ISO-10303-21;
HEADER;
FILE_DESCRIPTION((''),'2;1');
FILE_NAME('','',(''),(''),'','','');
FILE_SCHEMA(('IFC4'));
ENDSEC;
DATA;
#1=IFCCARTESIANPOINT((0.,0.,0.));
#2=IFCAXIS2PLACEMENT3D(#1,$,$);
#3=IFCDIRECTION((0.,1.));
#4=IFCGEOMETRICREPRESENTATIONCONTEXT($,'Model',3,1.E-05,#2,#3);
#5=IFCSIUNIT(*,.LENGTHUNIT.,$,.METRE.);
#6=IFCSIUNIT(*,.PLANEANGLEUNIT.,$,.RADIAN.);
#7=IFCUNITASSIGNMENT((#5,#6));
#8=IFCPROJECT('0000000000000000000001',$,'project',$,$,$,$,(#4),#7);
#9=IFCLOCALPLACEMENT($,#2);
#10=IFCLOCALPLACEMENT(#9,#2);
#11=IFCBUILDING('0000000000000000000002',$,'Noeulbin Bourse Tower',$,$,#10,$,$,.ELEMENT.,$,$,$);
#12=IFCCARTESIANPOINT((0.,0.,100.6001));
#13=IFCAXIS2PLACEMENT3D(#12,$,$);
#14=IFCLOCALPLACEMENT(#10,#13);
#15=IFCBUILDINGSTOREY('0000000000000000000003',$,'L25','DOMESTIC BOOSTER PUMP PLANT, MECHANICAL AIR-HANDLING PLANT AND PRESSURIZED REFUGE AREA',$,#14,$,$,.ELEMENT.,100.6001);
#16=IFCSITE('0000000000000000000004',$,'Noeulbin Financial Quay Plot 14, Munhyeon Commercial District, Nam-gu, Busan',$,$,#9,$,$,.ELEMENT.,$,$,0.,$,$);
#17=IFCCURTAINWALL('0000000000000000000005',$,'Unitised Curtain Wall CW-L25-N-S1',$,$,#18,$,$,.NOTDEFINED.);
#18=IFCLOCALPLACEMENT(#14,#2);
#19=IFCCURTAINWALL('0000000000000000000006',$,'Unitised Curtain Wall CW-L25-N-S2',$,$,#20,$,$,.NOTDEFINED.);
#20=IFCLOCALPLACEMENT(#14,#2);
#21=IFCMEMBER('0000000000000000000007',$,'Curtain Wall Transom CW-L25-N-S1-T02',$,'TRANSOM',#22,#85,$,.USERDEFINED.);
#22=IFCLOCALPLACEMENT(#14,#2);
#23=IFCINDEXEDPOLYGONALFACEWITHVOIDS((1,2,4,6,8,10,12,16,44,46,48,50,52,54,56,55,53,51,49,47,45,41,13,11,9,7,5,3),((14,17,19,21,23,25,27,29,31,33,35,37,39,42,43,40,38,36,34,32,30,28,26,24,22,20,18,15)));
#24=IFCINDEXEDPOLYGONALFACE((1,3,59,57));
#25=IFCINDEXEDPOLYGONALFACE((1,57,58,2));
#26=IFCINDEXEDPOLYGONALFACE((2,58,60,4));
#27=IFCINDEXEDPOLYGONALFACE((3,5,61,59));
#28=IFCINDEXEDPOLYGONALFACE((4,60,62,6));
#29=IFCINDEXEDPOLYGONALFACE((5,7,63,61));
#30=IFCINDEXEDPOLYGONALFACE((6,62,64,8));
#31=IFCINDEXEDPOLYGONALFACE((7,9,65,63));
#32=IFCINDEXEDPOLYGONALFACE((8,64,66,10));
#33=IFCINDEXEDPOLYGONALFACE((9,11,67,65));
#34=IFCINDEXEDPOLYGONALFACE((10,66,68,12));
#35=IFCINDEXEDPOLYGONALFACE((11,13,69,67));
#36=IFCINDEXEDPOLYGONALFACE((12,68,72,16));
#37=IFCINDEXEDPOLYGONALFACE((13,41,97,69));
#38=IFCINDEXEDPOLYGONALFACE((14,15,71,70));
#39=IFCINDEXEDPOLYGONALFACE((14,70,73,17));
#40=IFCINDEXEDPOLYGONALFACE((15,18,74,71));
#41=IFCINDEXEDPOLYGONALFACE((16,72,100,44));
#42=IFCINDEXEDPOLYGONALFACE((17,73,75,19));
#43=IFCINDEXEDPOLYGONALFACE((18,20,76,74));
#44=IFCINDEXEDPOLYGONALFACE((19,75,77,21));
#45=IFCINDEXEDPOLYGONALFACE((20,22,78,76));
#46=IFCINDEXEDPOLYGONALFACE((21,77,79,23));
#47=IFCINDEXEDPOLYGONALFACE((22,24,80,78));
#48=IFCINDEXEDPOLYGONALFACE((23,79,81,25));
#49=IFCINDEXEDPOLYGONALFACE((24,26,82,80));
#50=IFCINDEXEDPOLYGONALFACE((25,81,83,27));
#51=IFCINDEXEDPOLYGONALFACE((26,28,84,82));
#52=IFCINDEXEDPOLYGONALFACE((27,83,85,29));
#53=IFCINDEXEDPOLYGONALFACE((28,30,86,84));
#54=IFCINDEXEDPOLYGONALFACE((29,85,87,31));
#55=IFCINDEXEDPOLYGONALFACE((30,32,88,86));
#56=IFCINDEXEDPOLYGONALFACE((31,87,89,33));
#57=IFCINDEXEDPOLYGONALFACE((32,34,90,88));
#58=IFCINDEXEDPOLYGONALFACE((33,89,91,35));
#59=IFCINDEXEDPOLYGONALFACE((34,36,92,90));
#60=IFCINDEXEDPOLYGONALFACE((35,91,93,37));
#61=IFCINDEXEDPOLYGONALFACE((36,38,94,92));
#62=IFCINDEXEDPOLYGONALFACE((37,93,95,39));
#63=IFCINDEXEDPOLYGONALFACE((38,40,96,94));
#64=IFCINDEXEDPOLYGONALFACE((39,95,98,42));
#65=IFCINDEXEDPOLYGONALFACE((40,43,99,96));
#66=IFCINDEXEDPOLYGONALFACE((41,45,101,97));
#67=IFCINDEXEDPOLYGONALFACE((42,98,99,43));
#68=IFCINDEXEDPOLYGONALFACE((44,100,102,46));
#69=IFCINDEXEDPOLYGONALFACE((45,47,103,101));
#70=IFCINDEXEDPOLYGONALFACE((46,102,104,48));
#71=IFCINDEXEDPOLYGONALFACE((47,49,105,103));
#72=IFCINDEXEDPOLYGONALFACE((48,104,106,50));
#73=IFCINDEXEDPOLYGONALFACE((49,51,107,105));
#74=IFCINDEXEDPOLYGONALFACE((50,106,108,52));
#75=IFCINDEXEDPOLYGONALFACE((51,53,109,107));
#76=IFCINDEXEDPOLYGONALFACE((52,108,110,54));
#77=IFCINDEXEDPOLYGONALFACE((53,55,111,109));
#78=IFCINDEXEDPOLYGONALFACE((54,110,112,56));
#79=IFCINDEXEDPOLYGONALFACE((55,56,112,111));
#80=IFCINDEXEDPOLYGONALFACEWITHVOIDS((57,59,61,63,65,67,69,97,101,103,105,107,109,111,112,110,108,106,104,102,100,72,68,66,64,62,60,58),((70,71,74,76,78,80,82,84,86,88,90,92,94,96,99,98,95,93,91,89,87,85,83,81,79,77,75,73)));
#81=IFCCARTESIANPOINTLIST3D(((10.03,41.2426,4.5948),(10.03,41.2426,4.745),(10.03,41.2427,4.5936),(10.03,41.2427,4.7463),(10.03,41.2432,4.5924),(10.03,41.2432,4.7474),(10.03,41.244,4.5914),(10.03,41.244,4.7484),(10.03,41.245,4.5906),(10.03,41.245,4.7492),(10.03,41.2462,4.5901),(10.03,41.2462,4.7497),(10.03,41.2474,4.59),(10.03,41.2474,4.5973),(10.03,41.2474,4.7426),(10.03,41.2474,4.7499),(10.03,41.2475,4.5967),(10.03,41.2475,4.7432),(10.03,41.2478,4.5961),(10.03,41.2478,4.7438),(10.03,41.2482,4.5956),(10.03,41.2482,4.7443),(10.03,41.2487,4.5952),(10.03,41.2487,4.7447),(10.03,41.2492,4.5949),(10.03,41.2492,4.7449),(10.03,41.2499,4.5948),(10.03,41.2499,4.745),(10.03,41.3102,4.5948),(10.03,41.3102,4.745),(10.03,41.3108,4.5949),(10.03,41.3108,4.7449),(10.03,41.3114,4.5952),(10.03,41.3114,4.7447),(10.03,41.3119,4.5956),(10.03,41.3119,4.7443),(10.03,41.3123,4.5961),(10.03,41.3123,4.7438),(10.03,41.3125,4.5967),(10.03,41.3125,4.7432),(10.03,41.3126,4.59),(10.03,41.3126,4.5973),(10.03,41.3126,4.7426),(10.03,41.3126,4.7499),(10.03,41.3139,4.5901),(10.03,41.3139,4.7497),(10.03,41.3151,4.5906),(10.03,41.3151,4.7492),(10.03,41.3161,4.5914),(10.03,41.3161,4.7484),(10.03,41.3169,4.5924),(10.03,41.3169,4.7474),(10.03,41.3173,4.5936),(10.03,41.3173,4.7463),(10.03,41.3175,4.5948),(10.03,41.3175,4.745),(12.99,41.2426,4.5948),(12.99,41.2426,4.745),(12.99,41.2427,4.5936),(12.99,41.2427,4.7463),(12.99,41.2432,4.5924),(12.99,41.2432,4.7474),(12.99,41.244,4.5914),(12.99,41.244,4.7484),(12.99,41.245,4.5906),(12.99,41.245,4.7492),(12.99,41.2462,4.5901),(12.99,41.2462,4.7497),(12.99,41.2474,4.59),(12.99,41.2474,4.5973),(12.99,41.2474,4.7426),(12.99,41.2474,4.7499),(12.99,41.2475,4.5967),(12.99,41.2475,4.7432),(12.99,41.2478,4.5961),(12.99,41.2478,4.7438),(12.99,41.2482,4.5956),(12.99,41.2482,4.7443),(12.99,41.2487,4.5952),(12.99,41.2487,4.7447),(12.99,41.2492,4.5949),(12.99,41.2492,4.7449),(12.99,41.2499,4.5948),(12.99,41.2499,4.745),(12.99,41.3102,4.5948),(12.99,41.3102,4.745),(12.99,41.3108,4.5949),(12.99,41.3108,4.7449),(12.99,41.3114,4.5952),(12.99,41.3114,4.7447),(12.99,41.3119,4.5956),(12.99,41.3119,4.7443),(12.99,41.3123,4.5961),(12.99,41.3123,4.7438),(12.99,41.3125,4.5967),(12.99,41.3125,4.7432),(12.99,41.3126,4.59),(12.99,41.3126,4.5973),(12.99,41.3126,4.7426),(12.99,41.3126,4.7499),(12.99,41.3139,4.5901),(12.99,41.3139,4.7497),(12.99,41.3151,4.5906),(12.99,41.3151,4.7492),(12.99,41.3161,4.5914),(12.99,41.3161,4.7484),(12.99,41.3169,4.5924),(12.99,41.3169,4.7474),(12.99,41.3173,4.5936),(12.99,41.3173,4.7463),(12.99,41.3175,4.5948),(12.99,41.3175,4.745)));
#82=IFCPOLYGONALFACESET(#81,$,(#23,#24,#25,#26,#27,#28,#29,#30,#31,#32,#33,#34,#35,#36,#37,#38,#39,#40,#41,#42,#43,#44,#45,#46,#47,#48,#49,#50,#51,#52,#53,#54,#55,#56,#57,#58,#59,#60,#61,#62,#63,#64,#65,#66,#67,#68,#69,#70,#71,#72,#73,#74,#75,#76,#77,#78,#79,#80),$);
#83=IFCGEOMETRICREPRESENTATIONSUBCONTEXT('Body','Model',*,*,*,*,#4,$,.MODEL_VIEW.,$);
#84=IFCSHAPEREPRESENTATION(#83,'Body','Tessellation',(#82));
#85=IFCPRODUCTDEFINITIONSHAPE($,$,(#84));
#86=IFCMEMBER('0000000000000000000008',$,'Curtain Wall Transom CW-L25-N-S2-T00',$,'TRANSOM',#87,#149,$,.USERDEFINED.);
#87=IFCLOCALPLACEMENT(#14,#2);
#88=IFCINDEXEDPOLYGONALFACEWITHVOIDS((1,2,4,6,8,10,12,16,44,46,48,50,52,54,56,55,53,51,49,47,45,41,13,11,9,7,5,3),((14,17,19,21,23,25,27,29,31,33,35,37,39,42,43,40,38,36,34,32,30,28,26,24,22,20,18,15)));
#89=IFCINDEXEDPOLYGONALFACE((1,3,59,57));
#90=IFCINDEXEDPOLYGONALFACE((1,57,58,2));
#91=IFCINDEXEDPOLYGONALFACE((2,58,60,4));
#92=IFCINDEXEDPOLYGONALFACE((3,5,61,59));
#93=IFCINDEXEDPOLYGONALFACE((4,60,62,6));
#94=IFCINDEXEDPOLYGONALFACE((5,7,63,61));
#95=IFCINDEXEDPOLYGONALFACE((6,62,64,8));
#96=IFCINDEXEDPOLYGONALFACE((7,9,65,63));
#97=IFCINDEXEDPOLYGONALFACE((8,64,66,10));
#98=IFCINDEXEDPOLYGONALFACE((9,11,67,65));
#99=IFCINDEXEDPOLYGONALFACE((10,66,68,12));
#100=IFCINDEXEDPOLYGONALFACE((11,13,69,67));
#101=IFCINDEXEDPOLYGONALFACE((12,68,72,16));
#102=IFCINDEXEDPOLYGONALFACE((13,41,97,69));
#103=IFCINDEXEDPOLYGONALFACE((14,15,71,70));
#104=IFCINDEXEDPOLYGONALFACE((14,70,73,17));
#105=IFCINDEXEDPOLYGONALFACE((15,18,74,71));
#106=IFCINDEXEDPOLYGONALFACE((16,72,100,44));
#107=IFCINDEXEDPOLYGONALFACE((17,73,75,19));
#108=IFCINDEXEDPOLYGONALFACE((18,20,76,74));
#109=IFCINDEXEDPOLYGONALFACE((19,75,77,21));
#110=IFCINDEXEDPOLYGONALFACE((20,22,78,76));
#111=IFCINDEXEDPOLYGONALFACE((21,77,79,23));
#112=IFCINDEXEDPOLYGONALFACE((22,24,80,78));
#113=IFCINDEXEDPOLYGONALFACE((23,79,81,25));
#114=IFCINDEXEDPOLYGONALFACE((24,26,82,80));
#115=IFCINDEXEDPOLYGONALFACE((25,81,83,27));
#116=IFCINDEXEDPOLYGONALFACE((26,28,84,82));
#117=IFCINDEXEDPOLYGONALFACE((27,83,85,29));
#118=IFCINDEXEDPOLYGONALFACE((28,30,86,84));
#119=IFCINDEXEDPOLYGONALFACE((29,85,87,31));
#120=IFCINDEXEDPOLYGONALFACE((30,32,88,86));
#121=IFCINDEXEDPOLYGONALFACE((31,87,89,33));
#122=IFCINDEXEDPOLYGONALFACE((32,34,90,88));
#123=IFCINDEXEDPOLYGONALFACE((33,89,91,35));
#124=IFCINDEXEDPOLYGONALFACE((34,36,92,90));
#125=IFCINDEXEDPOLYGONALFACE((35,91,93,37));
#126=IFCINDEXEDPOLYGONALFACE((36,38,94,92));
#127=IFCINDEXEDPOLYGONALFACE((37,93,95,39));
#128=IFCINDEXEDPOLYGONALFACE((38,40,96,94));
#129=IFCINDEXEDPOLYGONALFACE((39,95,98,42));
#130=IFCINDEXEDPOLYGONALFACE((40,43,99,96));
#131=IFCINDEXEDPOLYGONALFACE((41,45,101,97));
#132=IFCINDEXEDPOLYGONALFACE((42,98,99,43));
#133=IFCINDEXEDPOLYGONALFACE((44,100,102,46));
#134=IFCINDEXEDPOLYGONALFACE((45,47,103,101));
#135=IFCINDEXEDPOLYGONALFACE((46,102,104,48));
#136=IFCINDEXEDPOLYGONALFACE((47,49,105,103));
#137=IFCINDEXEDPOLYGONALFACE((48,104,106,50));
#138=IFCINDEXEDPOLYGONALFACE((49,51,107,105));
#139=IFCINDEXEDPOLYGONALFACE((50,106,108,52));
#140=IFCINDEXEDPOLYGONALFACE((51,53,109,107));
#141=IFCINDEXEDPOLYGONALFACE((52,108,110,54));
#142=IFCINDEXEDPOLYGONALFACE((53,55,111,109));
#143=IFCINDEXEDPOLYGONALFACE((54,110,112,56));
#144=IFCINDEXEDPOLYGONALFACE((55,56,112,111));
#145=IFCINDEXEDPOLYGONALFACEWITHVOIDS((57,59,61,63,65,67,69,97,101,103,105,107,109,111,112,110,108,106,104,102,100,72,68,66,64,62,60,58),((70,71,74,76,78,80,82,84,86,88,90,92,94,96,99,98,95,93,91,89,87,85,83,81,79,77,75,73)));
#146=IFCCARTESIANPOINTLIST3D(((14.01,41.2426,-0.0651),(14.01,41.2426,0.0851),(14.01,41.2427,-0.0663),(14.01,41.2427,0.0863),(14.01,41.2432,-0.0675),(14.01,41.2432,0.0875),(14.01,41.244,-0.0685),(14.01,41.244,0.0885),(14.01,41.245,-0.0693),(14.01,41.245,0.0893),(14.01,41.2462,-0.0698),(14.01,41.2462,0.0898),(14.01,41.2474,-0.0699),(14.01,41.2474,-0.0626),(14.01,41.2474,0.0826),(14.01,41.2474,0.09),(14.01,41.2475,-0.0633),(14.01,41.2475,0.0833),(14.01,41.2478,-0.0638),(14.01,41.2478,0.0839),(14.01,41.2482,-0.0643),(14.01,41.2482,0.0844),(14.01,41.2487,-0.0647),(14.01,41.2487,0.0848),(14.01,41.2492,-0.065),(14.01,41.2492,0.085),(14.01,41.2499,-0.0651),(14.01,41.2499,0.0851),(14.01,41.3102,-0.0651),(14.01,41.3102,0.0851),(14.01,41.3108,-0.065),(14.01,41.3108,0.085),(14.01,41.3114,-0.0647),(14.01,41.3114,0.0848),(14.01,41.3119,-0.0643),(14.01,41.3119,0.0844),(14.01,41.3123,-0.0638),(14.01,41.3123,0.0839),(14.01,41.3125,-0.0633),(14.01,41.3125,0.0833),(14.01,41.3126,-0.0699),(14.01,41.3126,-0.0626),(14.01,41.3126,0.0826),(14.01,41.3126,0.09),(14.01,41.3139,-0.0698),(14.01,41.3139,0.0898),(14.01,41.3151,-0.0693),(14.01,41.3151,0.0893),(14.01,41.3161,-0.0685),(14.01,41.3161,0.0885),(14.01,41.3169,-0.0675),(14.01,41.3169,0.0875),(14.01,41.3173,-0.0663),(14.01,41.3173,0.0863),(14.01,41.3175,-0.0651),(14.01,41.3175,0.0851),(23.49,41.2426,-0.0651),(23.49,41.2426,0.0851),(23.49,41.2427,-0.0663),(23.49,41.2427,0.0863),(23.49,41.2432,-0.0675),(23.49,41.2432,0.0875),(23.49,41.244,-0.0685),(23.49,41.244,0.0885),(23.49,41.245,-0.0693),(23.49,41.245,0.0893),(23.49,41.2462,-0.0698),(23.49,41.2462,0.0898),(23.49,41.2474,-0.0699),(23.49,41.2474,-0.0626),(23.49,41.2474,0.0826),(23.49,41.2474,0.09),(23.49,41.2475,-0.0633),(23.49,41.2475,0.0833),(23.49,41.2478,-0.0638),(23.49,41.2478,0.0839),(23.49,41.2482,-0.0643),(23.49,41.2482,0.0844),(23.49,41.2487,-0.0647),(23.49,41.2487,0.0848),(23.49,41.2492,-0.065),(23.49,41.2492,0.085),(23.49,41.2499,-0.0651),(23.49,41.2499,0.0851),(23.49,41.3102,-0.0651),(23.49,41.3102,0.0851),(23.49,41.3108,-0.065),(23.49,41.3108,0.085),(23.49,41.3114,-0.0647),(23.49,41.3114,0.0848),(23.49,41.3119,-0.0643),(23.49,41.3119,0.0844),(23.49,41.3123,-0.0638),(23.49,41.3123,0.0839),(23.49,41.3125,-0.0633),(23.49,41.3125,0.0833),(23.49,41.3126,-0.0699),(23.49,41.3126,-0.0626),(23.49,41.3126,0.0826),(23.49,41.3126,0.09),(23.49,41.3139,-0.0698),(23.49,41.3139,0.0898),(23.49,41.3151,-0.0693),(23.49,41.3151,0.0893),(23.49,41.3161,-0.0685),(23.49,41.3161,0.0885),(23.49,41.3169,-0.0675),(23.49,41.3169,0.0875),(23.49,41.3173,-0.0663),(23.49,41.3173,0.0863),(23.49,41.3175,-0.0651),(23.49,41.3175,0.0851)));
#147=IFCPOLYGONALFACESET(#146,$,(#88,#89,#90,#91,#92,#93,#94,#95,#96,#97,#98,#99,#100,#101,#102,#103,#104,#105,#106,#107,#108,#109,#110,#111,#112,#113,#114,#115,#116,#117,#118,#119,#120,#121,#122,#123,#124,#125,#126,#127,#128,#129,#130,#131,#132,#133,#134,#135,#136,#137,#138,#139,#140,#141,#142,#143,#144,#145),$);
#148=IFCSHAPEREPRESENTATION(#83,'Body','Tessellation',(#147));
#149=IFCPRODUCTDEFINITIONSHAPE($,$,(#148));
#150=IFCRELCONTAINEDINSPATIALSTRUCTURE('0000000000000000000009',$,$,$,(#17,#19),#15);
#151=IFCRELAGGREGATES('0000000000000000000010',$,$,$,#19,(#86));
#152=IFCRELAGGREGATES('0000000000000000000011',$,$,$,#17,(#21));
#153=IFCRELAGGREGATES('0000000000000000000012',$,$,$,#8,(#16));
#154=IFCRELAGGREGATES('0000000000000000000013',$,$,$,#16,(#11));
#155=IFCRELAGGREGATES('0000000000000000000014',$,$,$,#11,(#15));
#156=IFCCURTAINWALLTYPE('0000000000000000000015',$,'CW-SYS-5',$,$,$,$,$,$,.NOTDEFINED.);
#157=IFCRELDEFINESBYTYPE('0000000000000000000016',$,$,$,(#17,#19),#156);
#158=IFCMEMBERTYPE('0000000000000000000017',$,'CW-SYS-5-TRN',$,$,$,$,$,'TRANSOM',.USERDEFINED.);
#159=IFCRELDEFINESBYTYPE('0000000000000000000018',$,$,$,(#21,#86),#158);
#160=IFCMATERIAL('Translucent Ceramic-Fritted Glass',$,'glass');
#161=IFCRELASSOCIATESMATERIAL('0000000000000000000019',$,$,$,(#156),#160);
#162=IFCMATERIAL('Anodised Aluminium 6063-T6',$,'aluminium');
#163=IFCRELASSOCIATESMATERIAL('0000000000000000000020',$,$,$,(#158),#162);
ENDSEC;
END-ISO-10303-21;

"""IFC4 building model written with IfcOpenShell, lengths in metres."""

from ifc_helpers import new_model, si_unit, direction, frame, origin, origin_2d, place, context, subcontext, project, spatial, hollow_rectangle, extrude, material, material_profile, profile_set, type_object, element, aggregate, save


model = new_model("IFC4")

# Units and contexts
model_context = context("Model", 3, precision=1e-05, world=origin(), true_north=direction((0.0, 1.0)))
body_context = subcontext(model_context, "Body", "Model", "MODEL_VIEW")
ifc_project = project(units=[si_unit("LENGTHUNIT", "METRE"), si_unit("PLANEANGLEUNIT", "RADIAN")], contexts=[model_context])

# Site, building, storey
site_placement = place(None, origin())
site = spatial("IfcSite", under=ifc_project, at=site_placement, Name="Noeulbin Financial Quay Plot 14, Munhyeon Commercial District, Nam-gu, Busan", CompositionType="ELEMENT", RefElevation=0.0)
building_placement = place(site_placement, origin())
building = spatial("IfcBuilding", under=site, at=building_placement, Name="Noeulbin Bourse Tower", CompositionType="ELEMENT")
storey_placement = place(building_placement, frame((0.0, 0.0, 100.6001)))
storey = spatial("IfcBuildingStorey", under=building, at=storey_placement, Name="L25", Description="DOMESTIC BOOSTER PUMP PLANT, MECHANICAL AIR-HANDLING PLANT AND PRESSURIZED REFUGE AREA", CompositionType="ELEMENT", Elevation=100.6001)

# Curtain wall
ifc_material_1 = material(Name="Translucent Ceramic-Fritted Glass", Category="glass")
curtain_wall_type = type_object("IfcCurtainWallType", Name="CW-SYS-5", PredefinedType="NOTDEFINED", material=ifc_material_1)
curtain_wall_1_placement = place(storey_placement, origin())
curtain_wall_1 = element("IfcCurtainWall", 1, at=curtain_wall_1_placement, inside=storey, type_object=curtain_wall_type, Name="Unitised Curtain Wall CW-L25-N-S1", PredefinedType="NOTDEFINED")
ifc_material_2 = material(Name="Anodised Aluminium 6063-T6", Category="aluminium")

# Curtain wall
curtain_wall_2_placement = place(storey_placement, origin())
curtain_wall_2 = element("IfcCurtainWall", 2, at=curtain_wall_2_placement, inside=storey, type_object=curtain_wall_type, Name="Unitised Curtain Wall CW-L25-N-S2", PredefinedType="NOTDEFINED")

# Members
ifc_material_profile_1 = material_profile(ifc_material_2, hollow_rectangle(XDim=0.075, YDim=0.1599, WallThickness=0.0049, InnerFilletRadius=0.0024, OuterFilletRadius=0.0049, at=origin_2d()), Name="ALU-TRAN-75x160x5", Category="LoadBearing")
ifc_profile_set_1 = profile_set([ifc_material_profile_1], Name="Anodised Aluminium 6063-T6")
member_type_1 = type_object("IfcMemberType", Name="CW-SYS-5-TRN", ElementType="TRANSOM", PredefinedType="USERDEFINED", material=ifc_profile_set_1)
member_1_placement = place(storey_placement, frame((10.03, 41.28, 4.6699), z_axis=(1.0, 0.0, 0.0), x_axis=(0.0, 1.0, 0.0)))
member_1 = element("IfcMember", 3, at=member_1_placement, type_object=member_type_1, Name="Curtain Wall Transom CW-L25-N-S1-T02", ObjectType="TRANSOM", PredefinedType="USERDEFINED", context=body_context, shape_type="SweptSolid", body=[
    extrude(hollow_rectangle(XDim=0.075, YDim=0.1599, WallThickness=0.0049, InnerFilletRadius=0.0024, OuterFilletRadius=0.0049, at=origin_2d()), origin(), (0.0, 0.0, 1.0), 2.96),
])
member_2_placement = place(storey_placement, frame((14.01, 41.28, 0.01), z_axis=(1.0, 0.0, 0.0), x_axis=(0.0, 1.0, 0.0)))
member_2 = element("IfcMember", 4, at=member_2_placement, type_object=member_type_1, Name="Curtain Wall Transom CW-L25-N-S2-T00", ObjectType="TRANSOM", PredefinedType="USERDEFINED", context=body_context, shape_type="SweptSolid", body=[
    extrude(hollow_rectangle(XDim=0.075, YDim=0.1599, WallThickness=0.0049, InnerFilletRadius=0.0024, OuterFilletRadius=0.0049, at=origin_2d()), origin(), (0.0, 0.0, 1.0), 9.48),
])
aggregate(curtain_wall_2, [member_2])

aggregate(curtain_wall_1, [member_1])

save(model, "model.ifc")
